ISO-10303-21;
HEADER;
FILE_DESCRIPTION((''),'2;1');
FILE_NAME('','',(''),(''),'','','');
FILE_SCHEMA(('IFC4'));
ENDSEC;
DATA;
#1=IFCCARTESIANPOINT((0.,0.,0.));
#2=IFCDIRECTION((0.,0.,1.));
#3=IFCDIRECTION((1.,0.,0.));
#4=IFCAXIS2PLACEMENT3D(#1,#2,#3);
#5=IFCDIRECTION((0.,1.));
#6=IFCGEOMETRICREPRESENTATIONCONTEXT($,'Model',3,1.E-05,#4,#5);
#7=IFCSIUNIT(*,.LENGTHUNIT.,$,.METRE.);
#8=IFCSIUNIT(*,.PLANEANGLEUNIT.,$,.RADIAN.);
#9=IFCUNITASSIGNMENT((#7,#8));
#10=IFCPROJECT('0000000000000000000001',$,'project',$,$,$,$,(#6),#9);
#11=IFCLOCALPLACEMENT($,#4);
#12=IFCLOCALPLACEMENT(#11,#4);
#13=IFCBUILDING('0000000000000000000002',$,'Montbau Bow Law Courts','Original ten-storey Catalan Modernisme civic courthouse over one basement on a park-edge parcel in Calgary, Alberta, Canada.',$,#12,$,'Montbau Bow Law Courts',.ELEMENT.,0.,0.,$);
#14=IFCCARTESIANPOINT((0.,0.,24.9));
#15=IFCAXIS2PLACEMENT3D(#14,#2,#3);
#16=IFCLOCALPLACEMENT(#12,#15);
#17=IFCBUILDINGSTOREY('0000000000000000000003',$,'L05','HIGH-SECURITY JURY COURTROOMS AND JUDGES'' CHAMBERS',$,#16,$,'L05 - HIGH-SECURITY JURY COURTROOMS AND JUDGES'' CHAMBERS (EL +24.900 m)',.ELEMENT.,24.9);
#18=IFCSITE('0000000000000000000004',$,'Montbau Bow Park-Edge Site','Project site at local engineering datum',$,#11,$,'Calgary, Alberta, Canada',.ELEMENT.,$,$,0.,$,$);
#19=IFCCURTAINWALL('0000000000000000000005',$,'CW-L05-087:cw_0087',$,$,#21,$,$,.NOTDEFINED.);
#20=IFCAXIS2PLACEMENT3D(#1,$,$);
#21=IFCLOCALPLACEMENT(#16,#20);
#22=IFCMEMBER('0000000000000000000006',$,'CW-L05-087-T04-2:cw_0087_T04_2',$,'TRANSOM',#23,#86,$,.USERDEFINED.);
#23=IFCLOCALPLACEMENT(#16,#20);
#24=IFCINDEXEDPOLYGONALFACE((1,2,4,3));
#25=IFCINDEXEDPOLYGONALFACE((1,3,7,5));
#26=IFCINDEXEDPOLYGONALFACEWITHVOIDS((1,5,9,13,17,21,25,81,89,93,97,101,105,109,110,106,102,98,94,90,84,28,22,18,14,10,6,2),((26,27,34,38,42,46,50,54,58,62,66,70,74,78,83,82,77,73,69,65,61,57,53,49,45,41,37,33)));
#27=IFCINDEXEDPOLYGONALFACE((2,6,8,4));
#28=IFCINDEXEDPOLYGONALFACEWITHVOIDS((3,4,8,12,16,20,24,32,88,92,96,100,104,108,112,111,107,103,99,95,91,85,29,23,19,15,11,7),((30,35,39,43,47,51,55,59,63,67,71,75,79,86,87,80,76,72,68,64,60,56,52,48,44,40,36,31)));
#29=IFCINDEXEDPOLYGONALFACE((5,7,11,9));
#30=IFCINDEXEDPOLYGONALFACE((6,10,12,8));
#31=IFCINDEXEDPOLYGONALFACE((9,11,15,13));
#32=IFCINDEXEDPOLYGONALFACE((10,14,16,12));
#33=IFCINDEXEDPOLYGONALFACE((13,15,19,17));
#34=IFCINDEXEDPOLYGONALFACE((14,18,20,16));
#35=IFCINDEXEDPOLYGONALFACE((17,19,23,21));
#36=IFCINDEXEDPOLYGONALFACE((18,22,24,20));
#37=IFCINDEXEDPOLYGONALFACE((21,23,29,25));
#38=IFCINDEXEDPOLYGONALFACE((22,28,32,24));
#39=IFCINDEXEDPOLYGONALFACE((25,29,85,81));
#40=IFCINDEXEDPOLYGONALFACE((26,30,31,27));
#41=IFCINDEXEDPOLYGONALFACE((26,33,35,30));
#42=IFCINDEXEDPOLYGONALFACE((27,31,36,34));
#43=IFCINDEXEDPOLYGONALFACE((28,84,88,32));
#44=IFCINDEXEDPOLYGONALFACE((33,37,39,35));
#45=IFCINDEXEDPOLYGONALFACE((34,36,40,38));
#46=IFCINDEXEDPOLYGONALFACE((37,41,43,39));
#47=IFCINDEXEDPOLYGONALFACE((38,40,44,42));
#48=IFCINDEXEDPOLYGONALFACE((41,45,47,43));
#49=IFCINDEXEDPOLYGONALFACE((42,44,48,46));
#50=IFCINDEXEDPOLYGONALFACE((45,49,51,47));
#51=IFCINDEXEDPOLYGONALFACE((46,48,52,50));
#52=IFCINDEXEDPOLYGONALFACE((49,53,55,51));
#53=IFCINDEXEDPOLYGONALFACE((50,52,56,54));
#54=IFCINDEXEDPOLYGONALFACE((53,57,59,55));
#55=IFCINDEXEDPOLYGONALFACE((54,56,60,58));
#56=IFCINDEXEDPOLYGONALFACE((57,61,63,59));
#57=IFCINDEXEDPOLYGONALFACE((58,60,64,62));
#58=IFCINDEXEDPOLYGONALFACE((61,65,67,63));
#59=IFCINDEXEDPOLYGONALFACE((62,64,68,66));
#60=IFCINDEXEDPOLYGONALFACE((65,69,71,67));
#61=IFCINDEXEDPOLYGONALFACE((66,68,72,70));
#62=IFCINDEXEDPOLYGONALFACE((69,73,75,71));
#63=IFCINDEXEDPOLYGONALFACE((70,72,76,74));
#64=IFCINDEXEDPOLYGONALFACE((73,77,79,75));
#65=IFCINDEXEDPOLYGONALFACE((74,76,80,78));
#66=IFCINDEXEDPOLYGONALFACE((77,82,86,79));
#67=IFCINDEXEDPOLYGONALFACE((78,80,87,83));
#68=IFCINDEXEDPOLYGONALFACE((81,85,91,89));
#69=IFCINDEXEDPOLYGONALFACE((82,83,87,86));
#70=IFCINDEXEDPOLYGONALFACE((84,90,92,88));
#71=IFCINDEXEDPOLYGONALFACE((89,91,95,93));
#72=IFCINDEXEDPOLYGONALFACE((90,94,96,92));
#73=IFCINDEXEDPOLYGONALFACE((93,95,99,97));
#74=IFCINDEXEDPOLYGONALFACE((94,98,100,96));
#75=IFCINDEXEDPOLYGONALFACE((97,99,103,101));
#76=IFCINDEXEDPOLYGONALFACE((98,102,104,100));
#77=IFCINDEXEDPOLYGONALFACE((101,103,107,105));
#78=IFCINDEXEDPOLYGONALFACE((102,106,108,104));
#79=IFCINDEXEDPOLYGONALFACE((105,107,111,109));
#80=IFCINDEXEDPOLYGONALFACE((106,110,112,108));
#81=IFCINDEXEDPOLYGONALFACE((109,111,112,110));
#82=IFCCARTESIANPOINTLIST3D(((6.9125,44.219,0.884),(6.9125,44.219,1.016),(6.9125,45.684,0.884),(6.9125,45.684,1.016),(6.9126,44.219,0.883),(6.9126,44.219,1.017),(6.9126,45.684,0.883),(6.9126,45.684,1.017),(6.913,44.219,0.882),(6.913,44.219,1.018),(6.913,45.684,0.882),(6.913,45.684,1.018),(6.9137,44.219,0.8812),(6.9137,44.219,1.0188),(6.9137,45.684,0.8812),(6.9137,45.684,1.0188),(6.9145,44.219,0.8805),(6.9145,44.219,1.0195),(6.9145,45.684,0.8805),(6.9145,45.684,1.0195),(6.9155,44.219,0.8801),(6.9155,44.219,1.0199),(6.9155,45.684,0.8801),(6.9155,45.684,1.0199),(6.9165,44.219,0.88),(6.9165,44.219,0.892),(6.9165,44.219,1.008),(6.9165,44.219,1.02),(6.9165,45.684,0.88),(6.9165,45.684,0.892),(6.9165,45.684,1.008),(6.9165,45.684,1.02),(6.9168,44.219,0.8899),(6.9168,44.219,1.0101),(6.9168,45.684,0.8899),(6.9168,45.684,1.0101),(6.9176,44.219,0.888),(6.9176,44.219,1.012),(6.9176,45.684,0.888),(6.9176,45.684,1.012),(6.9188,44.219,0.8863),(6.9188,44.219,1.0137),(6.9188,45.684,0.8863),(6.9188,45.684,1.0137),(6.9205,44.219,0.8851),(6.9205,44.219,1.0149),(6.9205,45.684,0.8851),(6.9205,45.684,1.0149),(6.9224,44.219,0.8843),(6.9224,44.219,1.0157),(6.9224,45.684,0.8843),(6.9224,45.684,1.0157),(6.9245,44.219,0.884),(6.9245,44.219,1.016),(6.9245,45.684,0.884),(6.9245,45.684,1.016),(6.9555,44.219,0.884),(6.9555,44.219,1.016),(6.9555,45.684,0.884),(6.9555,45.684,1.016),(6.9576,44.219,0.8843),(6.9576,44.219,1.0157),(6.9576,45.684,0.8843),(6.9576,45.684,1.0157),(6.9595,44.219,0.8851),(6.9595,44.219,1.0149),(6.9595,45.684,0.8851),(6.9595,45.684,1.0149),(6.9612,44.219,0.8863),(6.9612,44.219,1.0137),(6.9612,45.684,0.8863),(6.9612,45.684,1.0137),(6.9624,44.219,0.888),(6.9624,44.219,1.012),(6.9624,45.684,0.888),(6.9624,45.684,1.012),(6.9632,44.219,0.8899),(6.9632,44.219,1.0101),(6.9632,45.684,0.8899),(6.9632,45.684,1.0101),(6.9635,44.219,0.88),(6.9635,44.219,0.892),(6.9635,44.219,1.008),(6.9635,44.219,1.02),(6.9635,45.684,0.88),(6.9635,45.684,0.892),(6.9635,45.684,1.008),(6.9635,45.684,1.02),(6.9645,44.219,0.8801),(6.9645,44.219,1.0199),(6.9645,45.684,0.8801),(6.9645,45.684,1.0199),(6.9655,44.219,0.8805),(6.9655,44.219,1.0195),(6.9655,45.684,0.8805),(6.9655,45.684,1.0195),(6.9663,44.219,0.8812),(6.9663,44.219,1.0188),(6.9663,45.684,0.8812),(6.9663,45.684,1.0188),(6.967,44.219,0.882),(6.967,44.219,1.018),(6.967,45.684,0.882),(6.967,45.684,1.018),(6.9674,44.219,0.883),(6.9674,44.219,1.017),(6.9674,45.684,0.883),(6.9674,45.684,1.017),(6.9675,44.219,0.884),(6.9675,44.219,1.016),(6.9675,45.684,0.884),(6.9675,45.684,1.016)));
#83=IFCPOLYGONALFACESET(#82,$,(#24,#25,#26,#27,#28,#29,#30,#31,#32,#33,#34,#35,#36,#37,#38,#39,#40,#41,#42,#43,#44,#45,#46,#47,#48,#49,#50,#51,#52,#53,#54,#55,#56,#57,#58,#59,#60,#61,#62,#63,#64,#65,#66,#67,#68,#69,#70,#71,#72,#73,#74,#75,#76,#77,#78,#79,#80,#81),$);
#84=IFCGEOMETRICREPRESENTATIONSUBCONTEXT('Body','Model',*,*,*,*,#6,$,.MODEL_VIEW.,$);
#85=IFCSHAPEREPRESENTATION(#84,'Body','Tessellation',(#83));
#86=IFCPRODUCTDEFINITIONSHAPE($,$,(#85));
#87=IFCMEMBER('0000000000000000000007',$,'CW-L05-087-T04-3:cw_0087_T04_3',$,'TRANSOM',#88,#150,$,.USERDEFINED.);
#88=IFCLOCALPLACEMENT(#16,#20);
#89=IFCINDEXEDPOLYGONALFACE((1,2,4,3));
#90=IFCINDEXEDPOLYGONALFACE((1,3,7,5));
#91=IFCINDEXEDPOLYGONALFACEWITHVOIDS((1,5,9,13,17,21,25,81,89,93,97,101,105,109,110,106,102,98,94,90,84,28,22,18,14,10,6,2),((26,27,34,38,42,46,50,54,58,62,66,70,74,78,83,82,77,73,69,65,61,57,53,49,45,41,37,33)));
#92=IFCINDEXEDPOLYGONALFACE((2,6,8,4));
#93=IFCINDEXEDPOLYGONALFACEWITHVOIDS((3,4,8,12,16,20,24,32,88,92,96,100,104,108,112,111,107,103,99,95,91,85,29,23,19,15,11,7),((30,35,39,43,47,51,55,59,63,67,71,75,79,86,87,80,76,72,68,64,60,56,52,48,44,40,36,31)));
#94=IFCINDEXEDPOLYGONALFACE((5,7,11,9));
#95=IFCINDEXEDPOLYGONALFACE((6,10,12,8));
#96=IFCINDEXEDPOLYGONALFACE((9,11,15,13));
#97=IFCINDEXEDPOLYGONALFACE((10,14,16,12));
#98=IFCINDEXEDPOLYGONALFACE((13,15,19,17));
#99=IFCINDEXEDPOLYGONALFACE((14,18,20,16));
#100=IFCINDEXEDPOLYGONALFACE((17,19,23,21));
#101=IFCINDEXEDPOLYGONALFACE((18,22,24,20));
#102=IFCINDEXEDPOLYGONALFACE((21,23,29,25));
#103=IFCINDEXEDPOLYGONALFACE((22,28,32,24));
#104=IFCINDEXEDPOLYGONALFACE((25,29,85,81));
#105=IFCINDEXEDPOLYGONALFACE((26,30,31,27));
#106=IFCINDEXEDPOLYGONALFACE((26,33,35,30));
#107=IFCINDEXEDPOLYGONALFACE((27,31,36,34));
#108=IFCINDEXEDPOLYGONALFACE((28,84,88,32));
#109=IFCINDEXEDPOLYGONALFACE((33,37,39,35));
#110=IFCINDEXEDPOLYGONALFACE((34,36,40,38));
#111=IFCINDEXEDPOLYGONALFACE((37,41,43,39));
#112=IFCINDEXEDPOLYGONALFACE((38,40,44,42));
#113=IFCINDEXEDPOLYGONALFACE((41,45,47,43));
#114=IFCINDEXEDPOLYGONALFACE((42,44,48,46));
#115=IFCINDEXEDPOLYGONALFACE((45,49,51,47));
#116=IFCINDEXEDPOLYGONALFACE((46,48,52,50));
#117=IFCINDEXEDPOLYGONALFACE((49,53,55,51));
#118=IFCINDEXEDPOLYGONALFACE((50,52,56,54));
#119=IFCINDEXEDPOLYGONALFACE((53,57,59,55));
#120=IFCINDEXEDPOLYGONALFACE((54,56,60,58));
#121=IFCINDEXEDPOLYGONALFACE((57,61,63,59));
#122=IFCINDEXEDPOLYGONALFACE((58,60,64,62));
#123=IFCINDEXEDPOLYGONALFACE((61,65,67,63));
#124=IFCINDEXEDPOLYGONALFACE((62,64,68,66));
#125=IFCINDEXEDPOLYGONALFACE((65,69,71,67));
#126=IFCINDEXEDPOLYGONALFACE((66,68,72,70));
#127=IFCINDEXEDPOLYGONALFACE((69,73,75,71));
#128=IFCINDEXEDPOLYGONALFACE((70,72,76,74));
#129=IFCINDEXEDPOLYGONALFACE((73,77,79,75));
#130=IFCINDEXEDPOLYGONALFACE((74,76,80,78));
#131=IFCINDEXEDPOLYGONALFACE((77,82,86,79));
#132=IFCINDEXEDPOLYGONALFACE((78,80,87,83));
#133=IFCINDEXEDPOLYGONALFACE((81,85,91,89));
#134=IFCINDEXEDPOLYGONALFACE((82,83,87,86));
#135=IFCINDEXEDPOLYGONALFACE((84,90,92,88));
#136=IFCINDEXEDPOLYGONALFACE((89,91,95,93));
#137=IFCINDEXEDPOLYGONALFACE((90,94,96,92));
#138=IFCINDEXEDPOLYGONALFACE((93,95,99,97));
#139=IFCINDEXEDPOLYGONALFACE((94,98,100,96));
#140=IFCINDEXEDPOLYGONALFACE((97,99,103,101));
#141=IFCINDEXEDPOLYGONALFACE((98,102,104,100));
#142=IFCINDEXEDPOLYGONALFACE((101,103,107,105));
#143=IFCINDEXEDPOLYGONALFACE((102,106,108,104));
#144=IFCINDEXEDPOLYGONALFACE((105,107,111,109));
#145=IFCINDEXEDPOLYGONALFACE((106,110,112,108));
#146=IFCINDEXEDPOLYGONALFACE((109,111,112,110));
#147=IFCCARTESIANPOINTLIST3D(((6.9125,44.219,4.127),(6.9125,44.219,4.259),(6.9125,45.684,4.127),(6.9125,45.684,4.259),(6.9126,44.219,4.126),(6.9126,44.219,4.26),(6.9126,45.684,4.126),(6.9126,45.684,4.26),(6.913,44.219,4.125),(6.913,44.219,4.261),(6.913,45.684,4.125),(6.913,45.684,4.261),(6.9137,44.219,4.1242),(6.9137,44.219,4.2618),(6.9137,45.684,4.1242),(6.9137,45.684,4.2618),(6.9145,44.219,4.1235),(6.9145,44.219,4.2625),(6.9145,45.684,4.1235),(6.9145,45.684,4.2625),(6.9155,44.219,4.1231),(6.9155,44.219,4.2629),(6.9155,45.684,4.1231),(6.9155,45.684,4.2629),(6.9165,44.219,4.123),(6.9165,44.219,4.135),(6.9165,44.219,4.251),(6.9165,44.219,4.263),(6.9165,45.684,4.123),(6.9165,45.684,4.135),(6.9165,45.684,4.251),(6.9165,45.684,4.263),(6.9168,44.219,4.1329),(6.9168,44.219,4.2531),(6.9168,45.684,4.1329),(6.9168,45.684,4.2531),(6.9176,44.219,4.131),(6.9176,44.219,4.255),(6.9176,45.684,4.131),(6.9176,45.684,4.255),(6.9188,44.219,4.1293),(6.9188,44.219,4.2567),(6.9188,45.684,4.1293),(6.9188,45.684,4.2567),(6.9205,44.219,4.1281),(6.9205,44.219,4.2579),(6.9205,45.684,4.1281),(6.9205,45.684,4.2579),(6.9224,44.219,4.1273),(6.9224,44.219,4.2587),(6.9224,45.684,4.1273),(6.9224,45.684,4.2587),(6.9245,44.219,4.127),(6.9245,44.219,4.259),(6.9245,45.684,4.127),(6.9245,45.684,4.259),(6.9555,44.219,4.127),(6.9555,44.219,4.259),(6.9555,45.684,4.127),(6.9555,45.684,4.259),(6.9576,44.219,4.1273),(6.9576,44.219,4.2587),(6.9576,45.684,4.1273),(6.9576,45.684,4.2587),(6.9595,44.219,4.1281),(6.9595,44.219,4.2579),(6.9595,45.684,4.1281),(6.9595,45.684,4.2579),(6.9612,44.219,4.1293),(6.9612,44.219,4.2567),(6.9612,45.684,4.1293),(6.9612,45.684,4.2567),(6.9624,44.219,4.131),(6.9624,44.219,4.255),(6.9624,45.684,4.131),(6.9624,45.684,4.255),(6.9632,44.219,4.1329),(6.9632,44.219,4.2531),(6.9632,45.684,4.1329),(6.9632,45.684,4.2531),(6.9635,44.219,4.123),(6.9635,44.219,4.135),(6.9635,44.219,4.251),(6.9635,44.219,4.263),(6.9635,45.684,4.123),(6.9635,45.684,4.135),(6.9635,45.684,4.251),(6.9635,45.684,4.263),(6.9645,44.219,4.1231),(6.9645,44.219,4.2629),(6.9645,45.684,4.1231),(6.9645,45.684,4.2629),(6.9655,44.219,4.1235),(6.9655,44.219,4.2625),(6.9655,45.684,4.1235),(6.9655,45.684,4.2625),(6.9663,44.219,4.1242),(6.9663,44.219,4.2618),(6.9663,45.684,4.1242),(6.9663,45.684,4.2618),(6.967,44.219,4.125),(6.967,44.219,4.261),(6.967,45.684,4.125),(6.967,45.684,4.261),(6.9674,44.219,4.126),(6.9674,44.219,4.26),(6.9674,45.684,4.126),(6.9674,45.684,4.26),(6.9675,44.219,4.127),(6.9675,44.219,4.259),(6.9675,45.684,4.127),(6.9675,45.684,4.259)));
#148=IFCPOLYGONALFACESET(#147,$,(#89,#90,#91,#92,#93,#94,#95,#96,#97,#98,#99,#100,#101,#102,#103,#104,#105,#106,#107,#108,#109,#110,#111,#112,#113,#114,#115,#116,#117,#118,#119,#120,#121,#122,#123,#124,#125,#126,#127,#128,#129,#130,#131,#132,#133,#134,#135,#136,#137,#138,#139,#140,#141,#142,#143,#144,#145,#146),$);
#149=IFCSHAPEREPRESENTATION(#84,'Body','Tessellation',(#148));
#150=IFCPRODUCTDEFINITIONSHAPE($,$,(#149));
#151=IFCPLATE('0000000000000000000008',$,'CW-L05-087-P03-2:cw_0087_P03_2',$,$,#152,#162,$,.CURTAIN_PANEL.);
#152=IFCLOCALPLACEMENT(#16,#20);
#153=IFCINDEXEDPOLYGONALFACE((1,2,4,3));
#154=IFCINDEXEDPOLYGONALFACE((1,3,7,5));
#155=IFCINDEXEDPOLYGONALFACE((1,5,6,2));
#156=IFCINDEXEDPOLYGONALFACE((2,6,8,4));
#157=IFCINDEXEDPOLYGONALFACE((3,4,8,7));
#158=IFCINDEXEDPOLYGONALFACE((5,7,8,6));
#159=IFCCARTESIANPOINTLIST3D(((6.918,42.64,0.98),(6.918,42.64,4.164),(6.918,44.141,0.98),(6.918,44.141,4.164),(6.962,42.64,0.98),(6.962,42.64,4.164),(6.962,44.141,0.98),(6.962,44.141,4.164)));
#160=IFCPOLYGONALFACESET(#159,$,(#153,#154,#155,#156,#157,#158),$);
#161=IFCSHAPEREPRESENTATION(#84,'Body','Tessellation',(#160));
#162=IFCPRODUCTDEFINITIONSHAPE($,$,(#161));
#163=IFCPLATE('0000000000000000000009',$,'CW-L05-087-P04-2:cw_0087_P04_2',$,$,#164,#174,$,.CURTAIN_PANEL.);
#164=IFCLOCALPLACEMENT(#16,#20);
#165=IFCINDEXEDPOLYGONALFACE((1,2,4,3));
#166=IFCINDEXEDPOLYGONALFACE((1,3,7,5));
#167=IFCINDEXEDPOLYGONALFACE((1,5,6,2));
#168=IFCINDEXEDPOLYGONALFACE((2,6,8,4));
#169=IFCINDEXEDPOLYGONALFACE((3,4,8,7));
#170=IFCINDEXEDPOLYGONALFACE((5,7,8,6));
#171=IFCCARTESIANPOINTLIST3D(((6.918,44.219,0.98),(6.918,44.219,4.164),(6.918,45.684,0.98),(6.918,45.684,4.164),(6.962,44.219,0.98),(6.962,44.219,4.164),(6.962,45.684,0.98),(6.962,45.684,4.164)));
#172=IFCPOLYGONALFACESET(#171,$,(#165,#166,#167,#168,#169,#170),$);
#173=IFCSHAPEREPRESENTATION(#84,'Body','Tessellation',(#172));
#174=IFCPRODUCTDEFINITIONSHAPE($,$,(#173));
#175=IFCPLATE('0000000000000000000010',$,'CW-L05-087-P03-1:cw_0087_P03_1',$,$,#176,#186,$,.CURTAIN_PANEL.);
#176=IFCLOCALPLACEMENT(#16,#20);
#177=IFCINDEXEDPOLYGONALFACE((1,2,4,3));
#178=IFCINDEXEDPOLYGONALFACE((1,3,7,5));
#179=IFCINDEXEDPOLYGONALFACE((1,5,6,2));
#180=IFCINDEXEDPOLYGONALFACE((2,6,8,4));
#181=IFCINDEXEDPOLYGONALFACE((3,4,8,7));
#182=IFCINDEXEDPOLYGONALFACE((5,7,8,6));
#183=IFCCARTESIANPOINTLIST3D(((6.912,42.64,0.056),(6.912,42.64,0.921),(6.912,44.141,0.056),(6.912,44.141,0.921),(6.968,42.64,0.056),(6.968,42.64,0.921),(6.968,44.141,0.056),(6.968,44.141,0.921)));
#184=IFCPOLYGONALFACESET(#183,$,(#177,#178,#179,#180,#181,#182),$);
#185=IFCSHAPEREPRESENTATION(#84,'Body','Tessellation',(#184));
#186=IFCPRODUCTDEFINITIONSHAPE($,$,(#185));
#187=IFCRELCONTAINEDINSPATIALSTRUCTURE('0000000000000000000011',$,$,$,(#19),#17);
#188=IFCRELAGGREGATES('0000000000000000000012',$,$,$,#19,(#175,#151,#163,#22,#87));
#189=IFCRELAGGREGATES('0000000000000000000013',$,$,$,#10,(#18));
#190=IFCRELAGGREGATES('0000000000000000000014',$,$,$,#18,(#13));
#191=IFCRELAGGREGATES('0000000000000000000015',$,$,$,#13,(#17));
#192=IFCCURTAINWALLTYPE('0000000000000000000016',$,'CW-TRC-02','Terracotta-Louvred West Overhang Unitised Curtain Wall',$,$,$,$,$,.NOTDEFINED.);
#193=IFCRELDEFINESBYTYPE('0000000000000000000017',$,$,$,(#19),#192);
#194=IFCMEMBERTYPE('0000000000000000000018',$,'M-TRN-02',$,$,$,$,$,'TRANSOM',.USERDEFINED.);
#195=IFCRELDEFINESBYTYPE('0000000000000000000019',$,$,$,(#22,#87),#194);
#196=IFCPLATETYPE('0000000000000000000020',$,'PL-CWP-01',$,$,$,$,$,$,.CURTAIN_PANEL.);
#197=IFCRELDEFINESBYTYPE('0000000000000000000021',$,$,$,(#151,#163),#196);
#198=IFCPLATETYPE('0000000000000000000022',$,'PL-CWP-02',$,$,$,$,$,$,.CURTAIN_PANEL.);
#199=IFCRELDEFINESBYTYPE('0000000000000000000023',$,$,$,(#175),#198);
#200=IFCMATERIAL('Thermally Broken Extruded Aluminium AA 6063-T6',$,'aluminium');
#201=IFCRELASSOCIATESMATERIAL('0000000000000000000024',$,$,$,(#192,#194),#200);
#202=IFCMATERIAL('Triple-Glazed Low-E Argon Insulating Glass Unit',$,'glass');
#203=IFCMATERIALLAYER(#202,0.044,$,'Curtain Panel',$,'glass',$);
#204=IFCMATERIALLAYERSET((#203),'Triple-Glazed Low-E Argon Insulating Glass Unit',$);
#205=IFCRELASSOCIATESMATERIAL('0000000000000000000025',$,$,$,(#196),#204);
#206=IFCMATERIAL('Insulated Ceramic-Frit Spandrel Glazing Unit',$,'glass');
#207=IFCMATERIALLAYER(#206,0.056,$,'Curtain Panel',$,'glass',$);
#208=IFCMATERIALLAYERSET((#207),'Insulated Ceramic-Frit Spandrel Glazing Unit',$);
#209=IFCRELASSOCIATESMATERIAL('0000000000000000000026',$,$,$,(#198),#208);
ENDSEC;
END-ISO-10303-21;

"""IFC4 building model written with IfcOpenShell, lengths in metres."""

from ifc_helpers import new_model, si_unit, direction, frame, frame_2d, origin_with_axes, origin_2d_with_axis, place, context, subcontext, project, spatial, rectangle, hollow_rectangle, extrude, material, layer, layer_set, material_profile, profile_set, type_object, element, aggregate, save


model = new_model("IFC4")

# Units and contexts
model_context = context("Model", 3, precision=1e-05, world=origin_with_axes(), true_north=direction((0.0, 1.0)))
body_context = subcontext(model_context, "Body", "Model", "MODEL_VIEW")
ifc_project = project(units=[si_unit("LENGTHUNIT", "METRE"), si_unit("PLANEANGLEUNIT", "RADIAN")], contexts=[model_context])

# Site, building, storey
site_placement = place(None, origin_with_axes())
site = spatial("IfcSite", under=ifc_project, at=site_placement, Name="Montbau Bow Park-Edge Site", Description="Project site at local engineering datum", LongName="Calgary, Alberta, Canada", CompositionType="ELEMENT", RefElevation=0.0)
building_placement = place(site_placement, origin_with_axes())
building = spatial("IfcBuilding", under=site, at=building_placement, Name="Montbau Bow Law Courts", Description="Original ten-storey Catalan Modernisme civic courthouse over one basement on a park-edge parcel in Calgary, Alberta, Canada.", LongName="Montbau Bow Law Courts", CompositionType="ELEMENT", ElevationOfRefHeight=0.0, ElevationOfTerrain=0.0)
storey_placement = place(building_placement, frame((0.0, 0.0, 24.9), z_axis=(0.0, 0.0, 1.0), x_axis=(1.0, 0.0, 0.0)))
storey = spatial("IfcBuildingStorey", under=building, at=storey_placement, Name="L05", Description="HIGH-SECURITY JURY COURTROOMS AND JUDGES' CHAMBERS", LongName="L05 - HIGH-SECURITY JURY COURTROOMS AND JUDGES' CHAMBERS (EL +24.900 m)", CompositionType="ELEMENT", Elevation=24.9)

# Curtain wall
ifc_material_1 = material(Name="Thermally Broken Extruded Aluminium AA 6063-T6", Category="aluminium")
curtain_wall_type = type_object("IfcCurtainWallType", Name="CW-TRC-02", Description="Terracotta-Louvred West Overhang Unitised Curtain Wall", PredefinedType="NOTDEFINED", material=ifc_material_1)
curtain_wall_1_placement = place(None, frame((6.94, 39.44, 24.9), z_axis=(0.0, 0.0, 1.0), x_axis=(1.0, 0.0, 0.0)))
curtain_wall_1 = element("IfcCurtainWall", 1, at=curtain_wall_1_placement, inside=storey, type_object=curtain_wall_type, Name="CW-L05-087:cw_0087", PredefinedType="NOTDEFINED")

# Members
ifc_material_profile_1 = material_profile(ifc_material_1, hollow_rectangle(XDim=0.055, YDim=0.14, WallThickness=0.004, InnerFilletRadius=0.008, OuterFilletRadius=0.004, at=origin_2d_with_axis()), Name="CWT-140X55", Category="Main", Priority=0)
ifc_profile_set_1 = profile_set([ifc_material_profile_1], Name="Thermally Broken Extruded Aluminium AA 6063-T6")
member_type_1 = type_object("IfcMemberType", Name="M-TRN-02", ElementType="TRANSOM", PredefinedType="USERDEFINED", material=ifc_profile_set_1)
member_1_placement = place(None, frame((6.94, 44.219, 25.85), z_axis=(0.0, 1.0, 0.0), x_axis=(-1.0, 0.0, 0.0)))
member_1 = element("IfcMember", 2, at=member_1_placement, type_object=member_type_1, Name="CW-L05-087-T04-2:cw_0087_T04_2", ObjectType="TRANSOM", PredefinedType="USERDEFINED", context=body_context, shape_type="SweptSolid", body=[
    extrude(hollow_rectangle(XDim=0.055, YDim=0.14, WallThickness=0.004, InnerFilletRadius=0.008, OuterFilletRadius=0.004, at=origin_2d_with_axis()), origin_with_axes(), (0.0, 0.0, 1.0), 1.465),
])
member_2_placement = place(None, frame((6.94, 44.219, 29.093), z_axis=(0.0, 1.0, 0.0), x_axis=(-1.0, 0.0, 0.0)))
member_2 = element("IfcMember", 3, at=member_2_placement, type_object=member_type_1, Name="CW-L05-087-T04-3:cw_0087_T04_3", ObjectType="TRANSOM", PredefinedType="USERDEFINED", context=body_context, shape_type="SweptSolid", body=[
    extrude(hollow_rectangle(XDim=0.055, YDim=0.14, WallThickness=0.004, InnerFilletRadius=0.008, OuterFilletRadius=0.004, at=origin_2d_with_axis()), origin_with_axes(), (0.0, 0.0, 1.0), 1.465),
])

# Plates
ifc_material_2 = material(Name="Triple-Glazed Low-E Argon Insulating Glass Unit", Category="glass")
ifc_layer_1 = layer(ifc_material_2, 0.044, Name="Curtain Panel", Category="glass")
ifc_layer_set_1 = layer_set([ifc_layer_1], Name="Triple-Glazed Low-E Argon Insulating Glass Unit")
plate_type_1 = type_object("IfcPlateType", Name="PL-CWP-01", PredefinedType="CURTAIN_PANEL", material=ifc_layer_set_1)
plate_1_placement = place(None, frame((6.94, 42.64, 25.88), z_axis=(1.0, 0.0, 0.0), x_axis=(0.0, 1.0, 0.0)))
plate_1 = element("IfcPlate", 4, at=plate_1_placement, type_object=plate_type_1, Name="CW-L05-087-P03-2:cw_0087_P03_2", PredefinedType="CURTAIN_PANEL", context=body_context, shape_type="SweptSolid", body=[
    extrude(rectangle(XDim=1.501, YDim=3.184, at=frame_2d((0.7505, 1.592), x_axis=(1.0, 0.0))), frame((0.0, 0.0, -0.022), z_axis=(0.0, 0.0, 1.0), x_axis=(1.0, 0.0, 0.0)), (0.0, 0.0, 1.0), 0.044),
])
plate_2_placement = place(None, frame((6.94, 44.219, 25.88), z_axis=(1.0, 0.0, 0.0), x_axis=(0.0, 1.0, 0.0)))
plate_2 = element("IfcPlate", 5, at=plate_2_placement, type_object=plate_type_1, Name="CW-L05-087-P04-2:cw_0087_P04_2", PredefinedType="CURTAIN_PANEL", context=body_context, shape_type="SweptSolid", body=[
    extrude(rectangle(XDim=1.465, YDim=3.184, at=frame_2d((0.7325, 1.592), x_axis=(1.0, 0.0))), frame((0.0, 0.0, -0.022), z_axis=(0.0, 0.0, 1.0), x_axis=(1.0, 0.0, 0.0)), (0.0, 0.0, 1.0), 0.044),
])
ifc_material_3 = material(Name="Insulated Ceramic-Frit Spandrel Glazing Unit", Category="glass")
ifc_layer_2 = layer(ifc_material_3, 0.056, Name="Curtain Panel", Category="glass")
ifc_layer_set_2 = layer_set([ifc_layer_2], Name="Insulated Ceramic-Frit Spandrel Glazing Unit")
plate_type_2 = type_object("IfcPlateType", Name="PL-CWP-02", PredefinedType="CURTAIN_PANEL", material=ifc_layer_set_2)
plate_3_placement = place(None, frame((6.94, 42.64, 24.956), z_axis=(1.0, 0.0, 0.0), x_axis=(0.0, 1.0, 0.0)))
plate_3 = element("IfcPlate", 6, at=plate_3_placement, type_object=plate_type_2, Name="CW-L05-087-P03-1:cw_0087_P03_1", PredefinedType="CURTAIN_PANEL", context=body_context, shape_type="SweptSolid", body=[
    extrude(rectangle(XDim=1.501, YDim=0.865, at=frame_2d((0.7505, 0.4325), x_axis=(1.0, 0.0))), frame((0.0, 0.0, -0.028), z_axis=(0.0, 0.0, 1.0), x_axis=(1.0, 0.0, 0.0)), (0.0, 0.0, 1.0), 0.056),
])
aggregate(curtain_wall_1, [plate_3, plate_1, plate_2, member_1, member_2])

save(model, "model.ifc")
